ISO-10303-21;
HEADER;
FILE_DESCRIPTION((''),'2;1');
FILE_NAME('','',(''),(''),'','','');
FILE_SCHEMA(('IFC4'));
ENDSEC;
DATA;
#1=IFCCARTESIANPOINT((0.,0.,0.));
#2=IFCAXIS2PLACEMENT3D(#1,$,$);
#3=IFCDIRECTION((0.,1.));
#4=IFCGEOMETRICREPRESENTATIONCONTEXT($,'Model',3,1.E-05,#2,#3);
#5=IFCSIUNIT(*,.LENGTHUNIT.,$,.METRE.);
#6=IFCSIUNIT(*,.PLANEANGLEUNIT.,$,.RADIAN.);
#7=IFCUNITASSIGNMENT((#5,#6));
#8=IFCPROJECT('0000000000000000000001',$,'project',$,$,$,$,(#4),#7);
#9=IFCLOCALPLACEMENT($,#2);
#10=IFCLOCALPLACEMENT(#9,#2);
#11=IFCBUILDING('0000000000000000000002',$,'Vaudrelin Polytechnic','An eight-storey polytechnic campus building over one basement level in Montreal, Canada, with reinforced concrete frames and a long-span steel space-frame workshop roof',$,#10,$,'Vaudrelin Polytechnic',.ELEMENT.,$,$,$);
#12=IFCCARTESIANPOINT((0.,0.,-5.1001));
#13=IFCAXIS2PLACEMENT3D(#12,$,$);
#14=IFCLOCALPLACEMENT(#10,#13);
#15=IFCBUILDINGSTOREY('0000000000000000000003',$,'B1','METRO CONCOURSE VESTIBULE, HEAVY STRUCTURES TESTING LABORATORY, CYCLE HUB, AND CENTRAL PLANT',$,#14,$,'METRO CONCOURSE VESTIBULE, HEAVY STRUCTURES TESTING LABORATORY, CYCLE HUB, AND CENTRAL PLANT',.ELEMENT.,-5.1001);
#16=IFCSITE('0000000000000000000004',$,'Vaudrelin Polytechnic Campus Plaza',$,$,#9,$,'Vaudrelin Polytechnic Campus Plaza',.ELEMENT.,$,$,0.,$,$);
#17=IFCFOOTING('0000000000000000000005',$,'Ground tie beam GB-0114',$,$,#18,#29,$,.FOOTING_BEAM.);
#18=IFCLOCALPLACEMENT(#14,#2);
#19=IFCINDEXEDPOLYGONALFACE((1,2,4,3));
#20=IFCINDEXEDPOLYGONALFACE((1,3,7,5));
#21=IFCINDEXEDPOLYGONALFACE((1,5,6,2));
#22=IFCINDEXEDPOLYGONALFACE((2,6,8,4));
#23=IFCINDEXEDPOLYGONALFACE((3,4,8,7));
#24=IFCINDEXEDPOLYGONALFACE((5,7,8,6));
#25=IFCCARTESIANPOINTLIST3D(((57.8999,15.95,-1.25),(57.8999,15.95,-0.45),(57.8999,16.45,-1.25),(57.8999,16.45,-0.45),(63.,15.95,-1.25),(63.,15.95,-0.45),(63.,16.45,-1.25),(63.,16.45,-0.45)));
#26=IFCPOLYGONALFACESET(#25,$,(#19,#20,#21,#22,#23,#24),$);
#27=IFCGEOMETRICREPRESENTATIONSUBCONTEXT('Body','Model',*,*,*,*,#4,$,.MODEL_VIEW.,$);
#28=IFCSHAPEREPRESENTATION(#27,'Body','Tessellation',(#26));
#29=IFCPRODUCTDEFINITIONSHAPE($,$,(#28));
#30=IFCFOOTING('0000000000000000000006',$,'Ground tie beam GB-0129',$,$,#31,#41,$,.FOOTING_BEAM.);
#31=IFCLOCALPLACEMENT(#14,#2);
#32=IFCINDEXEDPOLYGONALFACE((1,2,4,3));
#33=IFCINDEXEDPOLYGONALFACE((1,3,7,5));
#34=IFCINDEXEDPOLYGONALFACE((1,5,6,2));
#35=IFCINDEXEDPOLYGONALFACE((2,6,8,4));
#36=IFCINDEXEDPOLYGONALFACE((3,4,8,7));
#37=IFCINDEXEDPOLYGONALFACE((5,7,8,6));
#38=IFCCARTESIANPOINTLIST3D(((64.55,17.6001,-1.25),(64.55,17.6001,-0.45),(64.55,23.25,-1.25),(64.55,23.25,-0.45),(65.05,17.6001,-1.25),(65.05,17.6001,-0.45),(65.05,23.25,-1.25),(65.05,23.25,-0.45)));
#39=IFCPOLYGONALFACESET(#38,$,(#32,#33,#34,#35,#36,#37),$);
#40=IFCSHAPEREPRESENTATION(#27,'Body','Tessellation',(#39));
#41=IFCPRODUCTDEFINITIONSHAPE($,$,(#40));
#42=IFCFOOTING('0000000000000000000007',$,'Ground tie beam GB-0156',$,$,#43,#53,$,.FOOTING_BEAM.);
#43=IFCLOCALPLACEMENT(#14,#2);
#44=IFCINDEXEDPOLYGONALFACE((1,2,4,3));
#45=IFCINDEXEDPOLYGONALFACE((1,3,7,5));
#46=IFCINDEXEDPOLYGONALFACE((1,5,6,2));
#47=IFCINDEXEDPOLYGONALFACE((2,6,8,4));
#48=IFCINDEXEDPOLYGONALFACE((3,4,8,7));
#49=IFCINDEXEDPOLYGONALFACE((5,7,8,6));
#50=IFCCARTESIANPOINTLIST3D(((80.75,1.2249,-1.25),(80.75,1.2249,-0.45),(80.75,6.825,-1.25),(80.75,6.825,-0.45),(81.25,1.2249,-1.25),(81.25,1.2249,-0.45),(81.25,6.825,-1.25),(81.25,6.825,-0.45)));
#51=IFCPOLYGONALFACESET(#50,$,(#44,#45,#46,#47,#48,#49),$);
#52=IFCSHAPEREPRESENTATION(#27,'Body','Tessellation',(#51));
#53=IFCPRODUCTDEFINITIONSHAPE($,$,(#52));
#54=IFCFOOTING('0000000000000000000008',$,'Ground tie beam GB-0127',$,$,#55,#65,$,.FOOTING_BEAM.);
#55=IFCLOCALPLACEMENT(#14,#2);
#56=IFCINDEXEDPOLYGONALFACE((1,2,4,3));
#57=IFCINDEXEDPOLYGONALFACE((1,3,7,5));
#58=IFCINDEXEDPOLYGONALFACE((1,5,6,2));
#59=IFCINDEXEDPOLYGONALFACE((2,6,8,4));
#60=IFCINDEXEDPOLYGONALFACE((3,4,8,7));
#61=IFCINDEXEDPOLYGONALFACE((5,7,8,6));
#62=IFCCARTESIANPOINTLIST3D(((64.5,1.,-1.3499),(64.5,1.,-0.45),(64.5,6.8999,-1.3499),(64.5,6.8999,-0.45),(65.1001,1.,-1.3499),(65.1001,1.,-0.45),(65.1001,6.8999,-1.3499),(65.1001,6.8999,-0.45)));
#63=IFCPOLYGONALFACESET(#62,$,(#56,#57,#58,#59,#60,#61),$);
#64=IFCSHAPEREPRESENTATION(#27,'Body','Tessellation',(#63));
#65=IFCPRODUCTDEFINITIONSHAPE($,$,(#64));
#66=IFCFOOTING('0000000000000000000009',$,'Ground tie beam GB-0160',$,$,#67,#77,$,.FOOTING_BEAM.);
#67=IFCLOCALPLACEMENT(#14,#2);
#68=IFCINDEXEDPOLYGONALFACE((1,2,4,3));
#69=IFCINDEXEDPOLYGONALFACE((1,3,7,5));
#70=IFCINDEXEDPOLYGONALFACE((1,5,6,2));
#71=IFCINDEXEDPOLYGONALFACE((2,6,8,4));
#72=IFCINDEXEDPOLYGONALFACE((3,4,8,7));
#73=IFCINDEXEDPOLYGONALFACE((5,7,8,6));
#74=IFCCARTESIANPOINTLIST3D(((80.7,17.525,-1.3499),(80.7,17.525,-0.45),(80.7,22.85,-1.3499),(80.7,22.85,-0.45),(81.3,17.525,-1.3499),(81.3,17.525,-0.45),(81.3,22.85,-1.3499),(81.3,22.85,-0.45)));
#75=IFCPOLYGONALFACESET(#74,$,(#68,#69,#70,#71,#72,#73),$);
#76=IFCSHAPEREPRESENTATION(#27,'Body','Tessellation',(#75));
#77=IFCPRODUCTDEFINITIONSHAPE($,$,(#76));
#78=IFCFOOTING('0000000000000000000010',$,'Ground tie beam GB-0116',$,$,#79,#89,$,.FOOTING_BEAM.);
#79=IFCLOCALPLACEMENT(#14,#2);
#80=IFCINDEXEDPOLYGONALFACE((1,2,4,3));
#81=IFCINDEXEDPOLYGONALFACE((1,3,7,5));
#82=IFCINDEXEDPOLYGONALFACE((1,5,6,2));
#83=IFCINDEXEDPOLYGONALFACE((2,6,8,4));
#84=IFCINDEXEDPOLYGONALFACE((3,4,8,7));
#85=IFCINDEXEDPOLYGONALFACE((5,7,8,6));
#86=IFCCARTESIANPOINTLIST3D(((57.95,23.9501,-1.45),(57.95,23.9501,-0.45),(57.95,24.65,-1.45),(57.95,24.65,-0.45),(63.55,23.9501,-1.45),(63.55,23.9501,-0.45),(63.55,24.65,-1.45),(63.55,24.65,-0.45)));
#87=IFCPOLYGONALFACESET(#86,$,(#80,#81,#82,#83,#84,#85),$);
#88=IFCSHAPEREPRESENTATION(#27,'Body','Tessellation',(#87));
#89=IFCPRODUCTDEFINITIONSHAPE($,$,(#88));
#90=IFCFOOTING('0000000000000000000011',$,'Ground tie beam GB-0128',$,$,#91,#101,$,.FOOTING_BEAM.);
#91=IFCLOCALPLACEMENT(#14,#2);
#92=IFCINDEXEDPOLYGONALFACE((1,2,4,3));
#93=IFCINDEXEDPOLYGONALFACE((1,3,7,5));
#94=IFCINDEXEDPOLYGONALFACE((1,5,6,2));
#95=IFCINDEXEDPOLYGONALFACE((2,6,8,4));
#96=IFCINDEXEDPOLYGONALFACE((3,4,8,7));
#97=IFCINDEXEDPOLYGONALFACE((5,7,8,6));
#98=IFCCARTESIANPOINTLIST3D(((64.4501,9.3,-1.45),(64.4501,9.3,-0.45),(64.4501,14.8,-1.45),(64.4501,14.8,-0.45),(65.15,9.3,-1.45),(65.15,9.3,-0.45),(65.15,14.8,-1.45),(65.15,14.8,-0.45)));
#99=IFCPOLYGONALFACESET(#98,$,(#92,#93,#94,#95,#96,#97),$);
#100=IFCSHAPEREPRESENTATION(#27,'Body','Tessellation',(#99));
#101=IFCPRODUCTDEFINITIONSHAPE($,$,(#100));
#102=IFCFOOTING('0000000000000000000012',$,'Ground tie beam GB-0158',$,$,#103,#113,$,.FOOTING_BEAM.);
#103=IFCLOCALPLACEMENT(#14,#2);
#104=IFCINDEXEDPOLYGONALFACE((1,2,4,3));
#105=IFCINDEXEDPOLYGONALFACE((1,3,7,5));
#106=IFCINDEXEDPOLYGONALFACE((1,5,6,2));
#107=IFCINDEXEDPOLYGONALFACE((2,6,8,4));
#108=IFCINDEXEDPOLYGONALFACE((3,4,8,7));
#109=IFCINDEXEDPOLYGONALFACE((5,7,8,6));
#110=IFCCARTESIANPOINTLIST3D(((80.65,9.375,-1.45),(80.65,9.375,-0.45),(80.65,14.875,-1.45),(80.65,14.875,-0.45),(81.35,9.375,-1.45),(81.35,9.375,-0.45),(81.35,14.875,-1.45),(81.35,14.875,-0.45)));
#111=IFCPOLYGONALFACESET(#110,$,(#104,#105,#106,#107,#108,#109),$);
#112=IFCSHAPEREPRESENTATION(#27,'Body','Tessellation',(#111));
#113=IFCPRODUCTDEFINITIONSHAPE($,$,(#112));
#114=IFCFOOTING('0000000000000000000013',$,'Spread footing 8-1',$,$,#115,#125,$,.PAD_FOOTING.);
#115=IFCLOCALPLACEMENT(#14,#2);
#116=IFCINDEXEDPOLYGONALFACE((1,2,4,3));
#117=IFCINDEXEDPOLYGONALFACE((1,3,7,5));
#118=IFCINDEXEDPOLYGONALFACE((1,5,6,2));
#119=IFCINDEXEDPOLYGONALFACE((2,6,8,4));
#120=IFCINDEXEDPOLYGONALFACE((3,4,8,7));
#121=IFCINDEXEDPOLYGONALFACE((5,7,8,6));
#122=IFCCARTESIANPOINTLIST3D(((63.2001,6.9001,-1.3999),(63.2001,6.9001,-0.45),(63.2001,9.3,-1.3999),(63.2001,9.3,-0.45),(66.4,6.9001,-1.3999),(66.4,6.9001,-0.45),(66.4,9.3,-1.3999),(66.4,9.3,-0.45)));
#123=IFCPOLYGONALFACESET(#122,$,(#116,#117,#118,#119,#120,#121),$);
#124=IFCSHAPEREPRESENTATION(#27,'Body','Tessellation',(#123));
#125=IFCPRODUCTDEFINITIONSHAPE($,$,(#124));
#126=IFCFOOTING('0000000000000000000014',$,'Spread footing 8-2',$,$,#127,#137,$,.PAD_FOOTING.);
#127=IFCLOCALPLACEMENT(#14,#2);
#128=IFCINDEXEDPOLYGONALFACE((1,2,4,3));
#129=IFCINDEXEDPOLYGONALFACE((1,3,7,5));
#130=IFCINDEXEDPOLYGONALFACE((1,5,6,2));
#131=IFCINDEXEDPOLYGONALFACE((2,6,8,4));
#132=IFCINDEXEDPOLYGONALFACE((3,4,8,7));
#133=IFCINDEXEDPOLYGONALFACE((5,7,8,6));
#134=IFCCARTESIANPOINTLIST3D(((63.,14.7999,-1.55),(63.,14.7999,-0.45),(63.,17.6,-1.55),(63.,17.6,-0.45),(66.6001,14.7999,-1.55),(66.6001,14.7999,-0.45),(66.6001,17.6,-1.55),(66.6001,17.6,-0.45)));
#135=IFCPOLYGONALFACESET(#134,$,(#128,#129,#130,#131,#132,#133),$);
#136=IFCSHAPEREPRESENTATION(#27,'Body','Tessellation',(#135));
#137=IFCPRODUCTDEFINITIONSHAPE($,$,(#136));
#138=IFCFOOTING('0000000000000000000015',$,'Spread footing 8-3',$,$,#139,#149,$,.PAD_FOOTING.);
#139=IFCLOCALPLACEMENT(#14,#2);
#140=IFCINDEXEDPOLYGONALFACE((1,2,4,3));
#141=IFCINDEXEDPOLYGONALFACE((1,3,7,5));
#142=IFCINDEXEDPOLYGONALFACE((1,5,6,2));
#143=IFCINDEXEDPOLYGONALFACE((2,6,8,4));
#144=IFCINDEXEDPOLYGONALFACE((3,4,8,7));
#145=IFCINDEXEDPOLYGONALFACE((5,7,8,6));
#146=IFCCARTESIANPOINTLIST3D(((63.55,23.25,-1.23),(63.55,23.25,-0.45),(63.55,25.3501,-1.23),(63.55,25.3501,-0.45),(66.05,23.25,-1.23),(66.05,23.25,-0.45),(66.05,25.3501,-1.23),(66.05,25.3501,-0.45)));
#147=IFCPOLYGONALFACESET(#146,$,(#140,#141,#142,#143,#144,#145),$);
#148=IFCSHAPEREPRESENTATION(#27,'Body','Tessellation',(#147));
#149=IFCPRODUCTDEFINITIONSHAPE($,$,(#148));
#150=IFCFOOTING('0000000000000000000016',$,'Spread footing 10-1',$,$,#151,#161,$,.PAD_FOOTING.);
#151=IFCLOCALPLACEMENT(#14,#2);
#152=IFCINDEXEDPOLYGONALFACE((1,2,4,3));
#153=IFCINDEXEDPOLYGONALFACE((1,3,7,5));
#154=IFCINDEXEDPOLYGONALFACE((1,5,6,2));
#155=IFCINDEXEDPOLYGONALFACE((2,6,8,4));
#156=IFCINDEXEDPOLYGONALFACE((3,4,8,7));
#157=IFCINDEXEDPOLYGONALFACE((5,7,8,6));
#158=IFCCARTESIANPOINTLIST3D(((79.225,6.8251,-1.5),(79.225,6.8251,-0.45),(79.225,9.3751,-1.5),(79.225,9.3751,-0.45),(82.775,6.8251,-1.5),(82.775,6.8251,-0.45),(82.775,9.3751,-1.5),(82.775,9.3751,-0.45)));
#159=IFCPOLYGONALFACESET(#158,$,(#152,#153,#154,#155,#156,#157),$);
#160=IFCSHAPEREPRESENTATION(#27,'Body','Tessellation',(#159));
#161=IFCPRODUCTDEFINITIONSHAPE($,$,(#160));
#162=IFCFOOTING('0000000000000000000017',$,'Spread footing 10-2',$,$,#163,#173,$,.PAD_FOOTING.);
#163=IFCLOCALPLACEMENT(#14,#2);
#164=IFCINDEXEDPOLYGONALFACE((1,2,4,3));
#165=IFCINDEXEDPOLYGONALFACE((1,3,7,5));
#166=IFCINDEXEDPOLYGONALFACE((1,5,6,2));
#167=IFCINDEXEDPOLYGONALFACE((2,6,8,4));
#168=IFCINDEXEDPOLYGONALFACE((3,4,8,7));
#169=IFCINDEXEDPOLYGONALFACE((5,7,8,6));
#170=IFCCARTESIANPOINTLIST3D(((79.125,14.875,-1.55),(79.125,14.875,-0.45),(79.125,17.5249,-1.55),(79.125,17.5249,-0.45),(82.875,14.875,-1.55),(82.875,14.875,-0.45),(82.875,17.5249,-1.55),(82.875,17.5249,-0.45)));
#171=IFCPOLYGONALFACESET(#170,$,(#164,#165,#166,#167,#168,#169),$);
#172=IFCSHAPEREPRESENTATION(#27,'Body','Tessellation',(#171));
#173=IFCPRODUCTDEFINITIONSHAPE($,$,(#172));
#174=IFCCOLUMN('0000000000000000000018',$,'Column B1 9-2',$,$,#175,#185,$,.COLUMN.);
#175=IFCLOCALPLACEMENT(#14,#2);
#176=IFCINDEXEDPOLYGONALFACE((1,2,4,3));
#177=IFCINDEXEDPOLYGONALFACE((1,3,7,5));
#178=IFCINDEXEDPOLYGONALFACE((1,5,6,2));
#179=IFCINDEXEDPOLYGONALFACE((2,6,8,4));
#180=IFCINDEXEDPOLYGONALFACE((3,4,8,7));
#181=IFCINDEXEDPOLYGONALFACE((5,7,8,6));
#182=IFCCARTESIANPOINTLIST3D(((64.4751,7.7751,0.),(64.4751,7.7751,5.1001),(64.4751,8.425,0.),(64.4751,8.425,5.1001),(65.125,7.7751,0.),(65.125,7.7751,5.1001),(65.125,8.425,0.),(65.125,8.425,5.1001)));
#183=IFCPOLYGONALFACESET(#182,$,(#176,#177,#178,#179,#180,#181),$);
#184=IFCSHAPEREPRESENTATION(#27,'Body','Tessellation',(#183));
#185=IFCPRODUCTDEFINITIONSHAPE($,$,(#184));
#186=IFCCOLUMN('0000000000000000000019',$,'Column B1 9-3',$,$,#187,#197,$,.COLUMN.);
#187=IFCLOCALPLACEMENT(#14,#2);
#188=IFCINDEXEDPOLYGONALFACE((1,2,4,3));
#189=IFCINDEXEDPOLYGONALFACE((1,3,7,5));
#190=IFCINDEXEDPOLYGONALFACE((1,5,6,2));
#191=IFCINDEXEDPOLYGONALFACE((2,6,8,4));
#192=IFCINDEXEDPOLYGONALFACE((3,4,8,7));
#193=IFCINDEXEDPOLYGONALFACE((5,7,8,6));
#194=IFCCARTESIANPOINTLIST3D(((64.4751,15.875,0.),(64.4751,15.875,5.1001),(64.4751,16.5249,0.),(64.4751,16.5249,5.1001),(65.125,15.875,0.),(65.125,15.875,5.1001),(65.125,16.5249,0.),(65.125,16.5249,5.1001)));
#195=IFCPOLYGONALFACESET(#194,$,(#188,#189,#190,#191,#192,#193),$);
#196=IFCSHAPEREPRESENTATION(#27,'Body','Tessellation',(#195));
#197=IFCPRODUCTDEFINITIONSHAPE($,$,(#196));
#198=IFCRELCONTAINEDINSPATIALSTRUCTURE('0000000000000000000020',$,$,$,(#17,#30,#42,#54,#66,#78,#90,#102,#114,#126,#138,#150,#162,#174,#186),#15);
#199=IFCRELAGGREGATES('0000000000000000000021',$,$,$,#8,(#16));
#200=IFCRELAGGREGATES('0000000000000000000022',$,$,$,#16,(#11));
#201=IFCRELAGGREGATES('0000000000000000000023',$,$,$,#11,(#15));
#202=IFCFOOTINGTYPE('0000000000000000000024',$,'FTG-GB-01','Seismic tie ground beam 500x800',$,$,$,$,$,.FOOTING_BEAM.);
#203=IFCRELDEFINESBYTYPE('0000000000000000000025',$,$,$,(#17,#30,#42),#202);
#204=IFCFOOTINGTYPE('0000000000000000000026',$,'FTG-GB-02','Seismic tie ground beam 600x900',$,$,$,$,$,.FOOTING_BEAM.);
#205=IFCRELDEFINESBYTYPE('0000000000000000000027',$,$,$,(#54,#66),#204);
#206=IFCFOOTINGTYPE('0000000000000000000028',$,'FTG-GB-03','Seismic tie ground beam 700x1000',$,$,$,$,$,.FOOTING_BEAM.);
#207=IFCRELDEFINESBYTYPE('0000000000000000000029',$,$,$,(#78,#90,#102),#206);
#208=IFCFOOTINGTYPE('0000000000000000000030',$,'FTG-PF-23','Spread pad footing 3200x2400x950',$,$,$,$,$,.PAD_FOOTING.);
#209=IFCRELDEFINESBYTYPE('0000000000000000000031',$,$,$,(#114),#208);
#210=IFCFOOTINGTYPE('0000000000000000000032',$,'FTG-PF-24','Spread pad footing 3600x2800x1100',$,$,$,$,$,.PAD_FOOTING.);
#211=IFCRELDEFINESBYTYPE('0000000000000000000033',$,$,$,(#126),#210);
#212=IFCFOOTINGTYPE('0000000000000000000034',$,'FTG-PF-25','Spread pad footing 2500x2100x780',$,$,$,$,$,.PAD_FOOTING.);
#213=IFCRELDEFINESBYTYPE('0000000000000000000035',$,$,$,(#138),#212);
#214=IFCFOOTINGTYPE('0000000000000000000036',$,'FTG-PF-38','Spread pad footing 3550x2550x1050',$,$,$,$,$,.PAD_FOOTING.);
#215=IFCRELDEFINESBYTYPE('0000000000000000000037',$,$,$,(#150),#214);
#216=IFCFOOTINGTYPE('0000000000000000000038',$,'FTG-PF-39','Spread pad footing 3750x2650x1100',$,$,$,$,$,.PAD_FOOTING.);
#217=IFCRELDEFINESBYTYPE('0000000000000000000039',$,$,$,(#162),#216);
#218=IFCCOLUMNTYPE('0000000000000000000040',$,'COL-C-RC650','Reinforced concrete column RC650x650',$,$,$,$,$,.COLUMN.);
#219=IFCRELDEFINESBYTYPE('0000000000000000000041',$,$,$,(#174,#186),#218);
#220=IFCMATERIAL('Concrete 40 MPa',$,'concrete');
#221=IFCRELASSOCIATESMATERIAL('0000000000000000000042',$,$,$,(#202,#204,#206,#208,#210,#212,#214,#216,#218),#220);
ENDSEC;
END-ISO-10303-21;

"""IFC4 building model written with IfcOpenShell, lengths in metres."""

from ifc_helpers import new_model, si_unit, direction, frame, origin, origin_2d, place, context, subcontext, project, spatial, rectangle, extrude, material, material_profile, profile_set, type_object, element, save


model = new_model("IFC4")

# Units and contexts
model_context = context("Model", 3, precision=1e-05, world=origin(), true_north=direction((0.0, 1.0)))
body_context = subcontext(model_context, "Body", "Model", "MODEL_VIEW")
ifc_project = project(units=[si_unit("LENGTHUNIT", "METRE"), si_unit("PLANEANGLEUNIT", "RADIAN")], contexts=[model_context])

# Site, building, storey
site_placement = place(None, origin())
site = spatial("IfcSite", under=ifc_project, at=site_placement, Name="Vaudrelin Polytechnic Campus Plaza", LongName="Vaudrelin Polytechnic Campus Plaza", CompositionType="ELEMENT", RefElevation=0.0)
building_placement = place(site_placement, origin())
building = spatial("IfcBuilding", under=site, at=building_placement, Name="Vaudrelin Polytechnic", Description="An eight-storey polytechnic campus building over one basement level in Montreal, Canada, with reinforced concrete frames and a long-span steel space-frame workshop roof", LongName="Vaudrelin Polytechnic", CompositionType="ELEMENT")
storey_placement = place(building_placement, frame((0.0, 0.0, -5.1001)))
storey = spatial("IfcBuildingStorey", under=building, at=storey_placement, Name="B1", Description="METRO CONCOURSE VESTIBULE, HEAVY STRUCTURES TESTING LABORATORY, CYCLE HUB, AND CENTRAL PLANT", LongName="METRO CONCOURSE VESTIBULE, HEAVY STRUCTURES TESTING LABORATORY, CYCLE HUB, AND CENTRAL PLANT", CompositionType="ELEMENT", Elevation=-5.1001)

# Footings
ifc_material_1 = material(Name="Concrete 40 MPa", Category="concrete")
footing_type_1 = type_object("IfcFootingType", Name="FTG-GB-01", Description="Seismic tie ground beam 500x800", PredefinedType="FOOTING_BEAM", material=ifc_material_1)
footing_1_placement = place(storey_placement, frame((60.45, 16.2, -1.25), z_axis=(0.0, 0.0, 1.0), x_axis=(1.0, 0.0, 0.0)))
element("IfcFooting", 1, at=footing_1_placement, inside=storey, type_object=footing_type_1, Name="Ground tie beam GB-0114", PredefinedType="FOOTING_BEAM", context=body_context, shape_type="SweptSolid", body=[
    extrude(rectangle(XDim=5.1001, YDim=0.5, at=origin_2d()), origin(), (0.0, 0.0, 1.0), 0.8),
])
footing_2_placement = place(storey_placement, frame((64.8, 20.425, -1.25), z_axis=(0.0, 0.0, 1.0), x_axis=(1.0, 0.0, 0.0)))
element("IfcFooting", 2, at=footing_2_placement, inside=storey, type_object=footing_type_1, Name="Ground tie beam GB-0129", PredefinedType="FOOTING_BEAM", context=body_context, shape_type="SweptSolid", body=[
    extrude(rectangle(XDim=0.5, YDim=5.6499, at=origin_2d()), origin(), (0.0, 0.0, 1.0), 0.8),
])
footing_3_placement = place(storey_placement, frame((81.0, 4.0249, -1.25), z_axis=(0.0, 0.0, 1.0), x_axis=(1.0, 0.0, 0.0)))
element("IfcFooting", 3, at=footing_3_placement, inside=storey, type_object=footing_type_1, Name="Ground tie beam GB-0156", PredefinedType="FOOTING_BEAM", context=body_context, shape_type="SweptSolid", body=[
    extrude(rectangle(XDim=0.5, YDim=5.6001, at=origin_2d()), origin(), (0.0, 0.0, 1.0), 0.8),
])
footing_type_2 = type_object("IfcFootingType", Name="FTG-GB-02", Description="Seismic tie ground beam 600x900", PredefinedType="FOOTING_BEAM", material=ifc_material_1)
footing_4_placement = place(storey_placement, frame((64.8, 3.95, -1.3499), z_axis=(0.0, 0.0, 1.0), x_axis=(1.0, 0.0, 0.0)))
element("IfcFooting", 4, at=footing_4_placement, inside=storey, type_object=footing_type_2, Name="Ground tie beam GB-0127", PredefinedType="FOOTING_BEAM", context=body_context, shape_type="SweptSolid", body=[
    extrude(rectangle(XDim=0.6001, YDim=5.8999, at=origin_2d()), origin(), (0.0, 0.0, 1.0), 0.8999),
])
footing_5_placement = place(storey_placement, frame((81.0, 20.1875, -1.3499), z_axis=(0.0, 0.0, 1.0), x_axis=(1.0, 0.0, 0.0)))
element("IfcFooting", 5, at=footing_5_placement, inside=storey, type_object=footing_type_2, Name="Ground tie beam GB-0160", PredefinedType="FOOTING_BEAM", context=body_context, shape_type="SweptSolid", body=[
    extrude(rectangle(XDim=0.6001, YDim=5.325, at=origin_2d()), origin(), (0.0, 0.0, 1.0), 0.8999),
])
footing_type_3 = type_object("IfcFootingType", Name="FTG-GB-03", Description="Seismic tie ground beam 700x1000", PredefinedType="FOOTING_BEAM", material=ifc_material_1)
footing_6_placement = place(storey_placement, frame((60.75, 24.3, -1.45), z_axis=(0.0, 0.0, 1.0), x_axis=(1.0, 0.0, 0.0)))
element("IfcFooting", 6, at=footing_6_placement, inside=storey, type_object=footing_type_3, Name="Ground tie beam GB-0116", PredefinedType="FOOTING_BEAM", context=body_context, shape_type="SweptSolid", body=[
    extrude(rectangle(XDim=5.6001, YDim=0.7, at=origin_2d()), origin(), (0.0, 0.0, 1.0), 1.0),
])
for number, where, z_axis, x_axis, name in (
    (7, (64.8, 12.05, -1.45), (0.0, 0.0, 1.0), (1.0, 0.0, 0.0), "Ground tie beam GB-0128"),
    (8, (81.0, 12.125, -1.45), (0.0, 0.0, 1.0), (1.0, 0.0, 0.0), "Ground tie beam GB-0158"),
):
    element("IfcFooting", number, at=place(storey_placement, frame(where, z_axis=z_axis, x_axis=x_axis)), inside=storey, type_object=footing_type_3, Name=name, PredefinedType="FOOTING_BEAM", context=body_context, shape_type="SweptSolid", body=[
        extrude(rectangle(XDim=0.7, YDim=5.5, at=origin_2d()), origin(), (0.0, 0.0, 1.0), 1.0),
    ])
footing_type_4 = type_object("IfcFootingType", Name="FTG-PF-23", Description="Spread pad footing 3200x2400x950", PredefinedType="PAD_FOOTING", material=ifc_material_1)
footing_7_placement = place(storey_placement, frame((64.8, 8.1001, -1.3999), z_axis=(0.0, 0.0, 1.0), x_axis=(1.0, 0.0, 0.0)))
element("IfcFooting", 9, at=footing_7_placement, inside=storey, type_object=footing_type_4, Name="Spread footing 8-1", PredefinedType="PAD_FOOTING", context=body_context, shape_type="SweptSolid", body=[
    extrude(rectangle(XDim=3.2, YDim=2.3999, at=origin_2d()), origin(), (0.0, 0.0, 1.0), 0.95),
])
footing_type_5 = type_object("IfcFootingType", Name="FTG-PF-24", Description="Spread pad footing 3600x2800x1100", PredefinedType="PAD_FOOTING", material=ifc_material_1)
footing_8_placement = place(storey_placement, frame((64.8, 16.2, -1.55), z_axis=(0.0, 0.0, 1.0), x_axis=(1.0, 0.0, 0.0)))
element("IfcFooting", 10, at=footing_8_placement, inside=storey, type_object=footing_type_5, Name="Spread footing 8-2", PredefinedType="PAD_FOOTING", context=body_context, shape_type="SweptSolid", body=[
    extrude(rectangle(XDim=3.6001, YDim=2.8, at=origin_2d()), origin(), (0.0, 0.0, 1.0), 1.1001),
])
footing_type_6 = type_object("IfcFootingType", Name="FTG-PF-25", Description="Spread pad footing 2500x2100x780", PredefinedType="PAD_FOOTING", material=ifc_material_1)
footing_9_placement = place(storey_placement, frame((64.8, 24.3, -1.23), z_axis=(0.0, 0.0, 1.0), x_axis=(1.0, 0.0, 0.0)))
element("IfcFooting", 11, at=footing_9_placement, inside=storey, type_object=footing_type_6, Name="Spread footing 8-3", PredefinedType="PAD_FOOTING", context=body_context, shape_type="SweptSolid", body=[
    extrude(rectangle(XDim=2.5, YDim=2.1001, at=origin_2d()), origin(), (0.0, 0.0, 1.0), 0.78),
])
footing_type_7 = type_object("IfcFootingType", Name="FTG-PF-38", Description="Spread pad footing 3550x2550x1050", PredefinedType="PAD_FOOTING", material=ifc_material_1)
footing_10_placement = place(storey_placement, frame((81.0, 8.1001, -1.5), z_axis=(0.0, 0.0, 1.0), x_axis=(1.0, 0.0, 0.0)))
element("IfcFooting", 12, at=footing_10_placement, inside=storey, type_object=footing_type_7, Name="Spread footing 10-1", PredefinedType="PAD_FOOTING", context=body_context, shape_type="SweptSolid", body=[
    extrude(rectangle(XDim=3.55, YDim=2.55, at=origin_2d()), origin(), (0.0, 0.0, 1.0), 1.05),
])
footing_type_8 = type_object("IfcFootingType", Name="FTG-PF-39", Description="Spread pad footing 3750x2650x1100", PredefinedType="PAD_FOOTING", material=ifc_material_1)
footing_11_placement = place(storey_placement, frame((81.0, 16.2, -1.55), z_axis=(0.0, 0.0, 1.0), x_axis=(1.0, 0.0, 0.0)))
element("IfcFooting", 13, at=footing_11_placement, inside=storey, type_object=footing_type_8, Name="Spread footing 10-2", PredefinedType="PAD_FOOTING", context=body_context, shape_type="SweptSolid", body=[
    extrude(rectangle(XDim=3.75, YDim=2.6499, at=origin_2d()), origin(), (0.0, 0.0, 1.0), 1.1001),
])

# Columns
ifc_material_profile_1 = material_profile(ifc_material_1, rectangle(XDim=0.6499, YDim=0.6499, at=origin_2d()), Name="RC650x650")
ifc_profile_set_1 = profile_set([ifc_material_profile_1], Name="Concrete 40 MPa")
column_type = type_object("IfcColumnType", Name="COL-C-RC650", Description="Reinforced concrete column RC650x650", PredefinedType="COLUMN", material=ifc_profile_set_1)
for number, where, z_axis, x_axis, name in (
    (14, (64.8, 8.1001, 0.0), (0.0, 0.0, 1.0), (1.0, 0.0, 0.0), "Column B1 9-2"),
    (15, (64.8, 16.2, 0.0), (0.0, 0.0, 1.0), (1.0, 0.0, 0.0), "Column B1 9-3"),
):
    element("IfcColumn", number, at=place(storey_placement, frame(where, z_axis=z_axis, x_axis=x_axis)), inside=storey, type_object=column_type, Name=name, PredefinedType="COLUMN", context=body_context, shape_type="SweptSolid", body=[
        extrude(rectangle(XDim=0.6499, YDim=0.6499, at=origin_2d()), origin(), (0.0, 0.0, 1.0), 5.1001),
    ])

save(model, "model.ifc")
